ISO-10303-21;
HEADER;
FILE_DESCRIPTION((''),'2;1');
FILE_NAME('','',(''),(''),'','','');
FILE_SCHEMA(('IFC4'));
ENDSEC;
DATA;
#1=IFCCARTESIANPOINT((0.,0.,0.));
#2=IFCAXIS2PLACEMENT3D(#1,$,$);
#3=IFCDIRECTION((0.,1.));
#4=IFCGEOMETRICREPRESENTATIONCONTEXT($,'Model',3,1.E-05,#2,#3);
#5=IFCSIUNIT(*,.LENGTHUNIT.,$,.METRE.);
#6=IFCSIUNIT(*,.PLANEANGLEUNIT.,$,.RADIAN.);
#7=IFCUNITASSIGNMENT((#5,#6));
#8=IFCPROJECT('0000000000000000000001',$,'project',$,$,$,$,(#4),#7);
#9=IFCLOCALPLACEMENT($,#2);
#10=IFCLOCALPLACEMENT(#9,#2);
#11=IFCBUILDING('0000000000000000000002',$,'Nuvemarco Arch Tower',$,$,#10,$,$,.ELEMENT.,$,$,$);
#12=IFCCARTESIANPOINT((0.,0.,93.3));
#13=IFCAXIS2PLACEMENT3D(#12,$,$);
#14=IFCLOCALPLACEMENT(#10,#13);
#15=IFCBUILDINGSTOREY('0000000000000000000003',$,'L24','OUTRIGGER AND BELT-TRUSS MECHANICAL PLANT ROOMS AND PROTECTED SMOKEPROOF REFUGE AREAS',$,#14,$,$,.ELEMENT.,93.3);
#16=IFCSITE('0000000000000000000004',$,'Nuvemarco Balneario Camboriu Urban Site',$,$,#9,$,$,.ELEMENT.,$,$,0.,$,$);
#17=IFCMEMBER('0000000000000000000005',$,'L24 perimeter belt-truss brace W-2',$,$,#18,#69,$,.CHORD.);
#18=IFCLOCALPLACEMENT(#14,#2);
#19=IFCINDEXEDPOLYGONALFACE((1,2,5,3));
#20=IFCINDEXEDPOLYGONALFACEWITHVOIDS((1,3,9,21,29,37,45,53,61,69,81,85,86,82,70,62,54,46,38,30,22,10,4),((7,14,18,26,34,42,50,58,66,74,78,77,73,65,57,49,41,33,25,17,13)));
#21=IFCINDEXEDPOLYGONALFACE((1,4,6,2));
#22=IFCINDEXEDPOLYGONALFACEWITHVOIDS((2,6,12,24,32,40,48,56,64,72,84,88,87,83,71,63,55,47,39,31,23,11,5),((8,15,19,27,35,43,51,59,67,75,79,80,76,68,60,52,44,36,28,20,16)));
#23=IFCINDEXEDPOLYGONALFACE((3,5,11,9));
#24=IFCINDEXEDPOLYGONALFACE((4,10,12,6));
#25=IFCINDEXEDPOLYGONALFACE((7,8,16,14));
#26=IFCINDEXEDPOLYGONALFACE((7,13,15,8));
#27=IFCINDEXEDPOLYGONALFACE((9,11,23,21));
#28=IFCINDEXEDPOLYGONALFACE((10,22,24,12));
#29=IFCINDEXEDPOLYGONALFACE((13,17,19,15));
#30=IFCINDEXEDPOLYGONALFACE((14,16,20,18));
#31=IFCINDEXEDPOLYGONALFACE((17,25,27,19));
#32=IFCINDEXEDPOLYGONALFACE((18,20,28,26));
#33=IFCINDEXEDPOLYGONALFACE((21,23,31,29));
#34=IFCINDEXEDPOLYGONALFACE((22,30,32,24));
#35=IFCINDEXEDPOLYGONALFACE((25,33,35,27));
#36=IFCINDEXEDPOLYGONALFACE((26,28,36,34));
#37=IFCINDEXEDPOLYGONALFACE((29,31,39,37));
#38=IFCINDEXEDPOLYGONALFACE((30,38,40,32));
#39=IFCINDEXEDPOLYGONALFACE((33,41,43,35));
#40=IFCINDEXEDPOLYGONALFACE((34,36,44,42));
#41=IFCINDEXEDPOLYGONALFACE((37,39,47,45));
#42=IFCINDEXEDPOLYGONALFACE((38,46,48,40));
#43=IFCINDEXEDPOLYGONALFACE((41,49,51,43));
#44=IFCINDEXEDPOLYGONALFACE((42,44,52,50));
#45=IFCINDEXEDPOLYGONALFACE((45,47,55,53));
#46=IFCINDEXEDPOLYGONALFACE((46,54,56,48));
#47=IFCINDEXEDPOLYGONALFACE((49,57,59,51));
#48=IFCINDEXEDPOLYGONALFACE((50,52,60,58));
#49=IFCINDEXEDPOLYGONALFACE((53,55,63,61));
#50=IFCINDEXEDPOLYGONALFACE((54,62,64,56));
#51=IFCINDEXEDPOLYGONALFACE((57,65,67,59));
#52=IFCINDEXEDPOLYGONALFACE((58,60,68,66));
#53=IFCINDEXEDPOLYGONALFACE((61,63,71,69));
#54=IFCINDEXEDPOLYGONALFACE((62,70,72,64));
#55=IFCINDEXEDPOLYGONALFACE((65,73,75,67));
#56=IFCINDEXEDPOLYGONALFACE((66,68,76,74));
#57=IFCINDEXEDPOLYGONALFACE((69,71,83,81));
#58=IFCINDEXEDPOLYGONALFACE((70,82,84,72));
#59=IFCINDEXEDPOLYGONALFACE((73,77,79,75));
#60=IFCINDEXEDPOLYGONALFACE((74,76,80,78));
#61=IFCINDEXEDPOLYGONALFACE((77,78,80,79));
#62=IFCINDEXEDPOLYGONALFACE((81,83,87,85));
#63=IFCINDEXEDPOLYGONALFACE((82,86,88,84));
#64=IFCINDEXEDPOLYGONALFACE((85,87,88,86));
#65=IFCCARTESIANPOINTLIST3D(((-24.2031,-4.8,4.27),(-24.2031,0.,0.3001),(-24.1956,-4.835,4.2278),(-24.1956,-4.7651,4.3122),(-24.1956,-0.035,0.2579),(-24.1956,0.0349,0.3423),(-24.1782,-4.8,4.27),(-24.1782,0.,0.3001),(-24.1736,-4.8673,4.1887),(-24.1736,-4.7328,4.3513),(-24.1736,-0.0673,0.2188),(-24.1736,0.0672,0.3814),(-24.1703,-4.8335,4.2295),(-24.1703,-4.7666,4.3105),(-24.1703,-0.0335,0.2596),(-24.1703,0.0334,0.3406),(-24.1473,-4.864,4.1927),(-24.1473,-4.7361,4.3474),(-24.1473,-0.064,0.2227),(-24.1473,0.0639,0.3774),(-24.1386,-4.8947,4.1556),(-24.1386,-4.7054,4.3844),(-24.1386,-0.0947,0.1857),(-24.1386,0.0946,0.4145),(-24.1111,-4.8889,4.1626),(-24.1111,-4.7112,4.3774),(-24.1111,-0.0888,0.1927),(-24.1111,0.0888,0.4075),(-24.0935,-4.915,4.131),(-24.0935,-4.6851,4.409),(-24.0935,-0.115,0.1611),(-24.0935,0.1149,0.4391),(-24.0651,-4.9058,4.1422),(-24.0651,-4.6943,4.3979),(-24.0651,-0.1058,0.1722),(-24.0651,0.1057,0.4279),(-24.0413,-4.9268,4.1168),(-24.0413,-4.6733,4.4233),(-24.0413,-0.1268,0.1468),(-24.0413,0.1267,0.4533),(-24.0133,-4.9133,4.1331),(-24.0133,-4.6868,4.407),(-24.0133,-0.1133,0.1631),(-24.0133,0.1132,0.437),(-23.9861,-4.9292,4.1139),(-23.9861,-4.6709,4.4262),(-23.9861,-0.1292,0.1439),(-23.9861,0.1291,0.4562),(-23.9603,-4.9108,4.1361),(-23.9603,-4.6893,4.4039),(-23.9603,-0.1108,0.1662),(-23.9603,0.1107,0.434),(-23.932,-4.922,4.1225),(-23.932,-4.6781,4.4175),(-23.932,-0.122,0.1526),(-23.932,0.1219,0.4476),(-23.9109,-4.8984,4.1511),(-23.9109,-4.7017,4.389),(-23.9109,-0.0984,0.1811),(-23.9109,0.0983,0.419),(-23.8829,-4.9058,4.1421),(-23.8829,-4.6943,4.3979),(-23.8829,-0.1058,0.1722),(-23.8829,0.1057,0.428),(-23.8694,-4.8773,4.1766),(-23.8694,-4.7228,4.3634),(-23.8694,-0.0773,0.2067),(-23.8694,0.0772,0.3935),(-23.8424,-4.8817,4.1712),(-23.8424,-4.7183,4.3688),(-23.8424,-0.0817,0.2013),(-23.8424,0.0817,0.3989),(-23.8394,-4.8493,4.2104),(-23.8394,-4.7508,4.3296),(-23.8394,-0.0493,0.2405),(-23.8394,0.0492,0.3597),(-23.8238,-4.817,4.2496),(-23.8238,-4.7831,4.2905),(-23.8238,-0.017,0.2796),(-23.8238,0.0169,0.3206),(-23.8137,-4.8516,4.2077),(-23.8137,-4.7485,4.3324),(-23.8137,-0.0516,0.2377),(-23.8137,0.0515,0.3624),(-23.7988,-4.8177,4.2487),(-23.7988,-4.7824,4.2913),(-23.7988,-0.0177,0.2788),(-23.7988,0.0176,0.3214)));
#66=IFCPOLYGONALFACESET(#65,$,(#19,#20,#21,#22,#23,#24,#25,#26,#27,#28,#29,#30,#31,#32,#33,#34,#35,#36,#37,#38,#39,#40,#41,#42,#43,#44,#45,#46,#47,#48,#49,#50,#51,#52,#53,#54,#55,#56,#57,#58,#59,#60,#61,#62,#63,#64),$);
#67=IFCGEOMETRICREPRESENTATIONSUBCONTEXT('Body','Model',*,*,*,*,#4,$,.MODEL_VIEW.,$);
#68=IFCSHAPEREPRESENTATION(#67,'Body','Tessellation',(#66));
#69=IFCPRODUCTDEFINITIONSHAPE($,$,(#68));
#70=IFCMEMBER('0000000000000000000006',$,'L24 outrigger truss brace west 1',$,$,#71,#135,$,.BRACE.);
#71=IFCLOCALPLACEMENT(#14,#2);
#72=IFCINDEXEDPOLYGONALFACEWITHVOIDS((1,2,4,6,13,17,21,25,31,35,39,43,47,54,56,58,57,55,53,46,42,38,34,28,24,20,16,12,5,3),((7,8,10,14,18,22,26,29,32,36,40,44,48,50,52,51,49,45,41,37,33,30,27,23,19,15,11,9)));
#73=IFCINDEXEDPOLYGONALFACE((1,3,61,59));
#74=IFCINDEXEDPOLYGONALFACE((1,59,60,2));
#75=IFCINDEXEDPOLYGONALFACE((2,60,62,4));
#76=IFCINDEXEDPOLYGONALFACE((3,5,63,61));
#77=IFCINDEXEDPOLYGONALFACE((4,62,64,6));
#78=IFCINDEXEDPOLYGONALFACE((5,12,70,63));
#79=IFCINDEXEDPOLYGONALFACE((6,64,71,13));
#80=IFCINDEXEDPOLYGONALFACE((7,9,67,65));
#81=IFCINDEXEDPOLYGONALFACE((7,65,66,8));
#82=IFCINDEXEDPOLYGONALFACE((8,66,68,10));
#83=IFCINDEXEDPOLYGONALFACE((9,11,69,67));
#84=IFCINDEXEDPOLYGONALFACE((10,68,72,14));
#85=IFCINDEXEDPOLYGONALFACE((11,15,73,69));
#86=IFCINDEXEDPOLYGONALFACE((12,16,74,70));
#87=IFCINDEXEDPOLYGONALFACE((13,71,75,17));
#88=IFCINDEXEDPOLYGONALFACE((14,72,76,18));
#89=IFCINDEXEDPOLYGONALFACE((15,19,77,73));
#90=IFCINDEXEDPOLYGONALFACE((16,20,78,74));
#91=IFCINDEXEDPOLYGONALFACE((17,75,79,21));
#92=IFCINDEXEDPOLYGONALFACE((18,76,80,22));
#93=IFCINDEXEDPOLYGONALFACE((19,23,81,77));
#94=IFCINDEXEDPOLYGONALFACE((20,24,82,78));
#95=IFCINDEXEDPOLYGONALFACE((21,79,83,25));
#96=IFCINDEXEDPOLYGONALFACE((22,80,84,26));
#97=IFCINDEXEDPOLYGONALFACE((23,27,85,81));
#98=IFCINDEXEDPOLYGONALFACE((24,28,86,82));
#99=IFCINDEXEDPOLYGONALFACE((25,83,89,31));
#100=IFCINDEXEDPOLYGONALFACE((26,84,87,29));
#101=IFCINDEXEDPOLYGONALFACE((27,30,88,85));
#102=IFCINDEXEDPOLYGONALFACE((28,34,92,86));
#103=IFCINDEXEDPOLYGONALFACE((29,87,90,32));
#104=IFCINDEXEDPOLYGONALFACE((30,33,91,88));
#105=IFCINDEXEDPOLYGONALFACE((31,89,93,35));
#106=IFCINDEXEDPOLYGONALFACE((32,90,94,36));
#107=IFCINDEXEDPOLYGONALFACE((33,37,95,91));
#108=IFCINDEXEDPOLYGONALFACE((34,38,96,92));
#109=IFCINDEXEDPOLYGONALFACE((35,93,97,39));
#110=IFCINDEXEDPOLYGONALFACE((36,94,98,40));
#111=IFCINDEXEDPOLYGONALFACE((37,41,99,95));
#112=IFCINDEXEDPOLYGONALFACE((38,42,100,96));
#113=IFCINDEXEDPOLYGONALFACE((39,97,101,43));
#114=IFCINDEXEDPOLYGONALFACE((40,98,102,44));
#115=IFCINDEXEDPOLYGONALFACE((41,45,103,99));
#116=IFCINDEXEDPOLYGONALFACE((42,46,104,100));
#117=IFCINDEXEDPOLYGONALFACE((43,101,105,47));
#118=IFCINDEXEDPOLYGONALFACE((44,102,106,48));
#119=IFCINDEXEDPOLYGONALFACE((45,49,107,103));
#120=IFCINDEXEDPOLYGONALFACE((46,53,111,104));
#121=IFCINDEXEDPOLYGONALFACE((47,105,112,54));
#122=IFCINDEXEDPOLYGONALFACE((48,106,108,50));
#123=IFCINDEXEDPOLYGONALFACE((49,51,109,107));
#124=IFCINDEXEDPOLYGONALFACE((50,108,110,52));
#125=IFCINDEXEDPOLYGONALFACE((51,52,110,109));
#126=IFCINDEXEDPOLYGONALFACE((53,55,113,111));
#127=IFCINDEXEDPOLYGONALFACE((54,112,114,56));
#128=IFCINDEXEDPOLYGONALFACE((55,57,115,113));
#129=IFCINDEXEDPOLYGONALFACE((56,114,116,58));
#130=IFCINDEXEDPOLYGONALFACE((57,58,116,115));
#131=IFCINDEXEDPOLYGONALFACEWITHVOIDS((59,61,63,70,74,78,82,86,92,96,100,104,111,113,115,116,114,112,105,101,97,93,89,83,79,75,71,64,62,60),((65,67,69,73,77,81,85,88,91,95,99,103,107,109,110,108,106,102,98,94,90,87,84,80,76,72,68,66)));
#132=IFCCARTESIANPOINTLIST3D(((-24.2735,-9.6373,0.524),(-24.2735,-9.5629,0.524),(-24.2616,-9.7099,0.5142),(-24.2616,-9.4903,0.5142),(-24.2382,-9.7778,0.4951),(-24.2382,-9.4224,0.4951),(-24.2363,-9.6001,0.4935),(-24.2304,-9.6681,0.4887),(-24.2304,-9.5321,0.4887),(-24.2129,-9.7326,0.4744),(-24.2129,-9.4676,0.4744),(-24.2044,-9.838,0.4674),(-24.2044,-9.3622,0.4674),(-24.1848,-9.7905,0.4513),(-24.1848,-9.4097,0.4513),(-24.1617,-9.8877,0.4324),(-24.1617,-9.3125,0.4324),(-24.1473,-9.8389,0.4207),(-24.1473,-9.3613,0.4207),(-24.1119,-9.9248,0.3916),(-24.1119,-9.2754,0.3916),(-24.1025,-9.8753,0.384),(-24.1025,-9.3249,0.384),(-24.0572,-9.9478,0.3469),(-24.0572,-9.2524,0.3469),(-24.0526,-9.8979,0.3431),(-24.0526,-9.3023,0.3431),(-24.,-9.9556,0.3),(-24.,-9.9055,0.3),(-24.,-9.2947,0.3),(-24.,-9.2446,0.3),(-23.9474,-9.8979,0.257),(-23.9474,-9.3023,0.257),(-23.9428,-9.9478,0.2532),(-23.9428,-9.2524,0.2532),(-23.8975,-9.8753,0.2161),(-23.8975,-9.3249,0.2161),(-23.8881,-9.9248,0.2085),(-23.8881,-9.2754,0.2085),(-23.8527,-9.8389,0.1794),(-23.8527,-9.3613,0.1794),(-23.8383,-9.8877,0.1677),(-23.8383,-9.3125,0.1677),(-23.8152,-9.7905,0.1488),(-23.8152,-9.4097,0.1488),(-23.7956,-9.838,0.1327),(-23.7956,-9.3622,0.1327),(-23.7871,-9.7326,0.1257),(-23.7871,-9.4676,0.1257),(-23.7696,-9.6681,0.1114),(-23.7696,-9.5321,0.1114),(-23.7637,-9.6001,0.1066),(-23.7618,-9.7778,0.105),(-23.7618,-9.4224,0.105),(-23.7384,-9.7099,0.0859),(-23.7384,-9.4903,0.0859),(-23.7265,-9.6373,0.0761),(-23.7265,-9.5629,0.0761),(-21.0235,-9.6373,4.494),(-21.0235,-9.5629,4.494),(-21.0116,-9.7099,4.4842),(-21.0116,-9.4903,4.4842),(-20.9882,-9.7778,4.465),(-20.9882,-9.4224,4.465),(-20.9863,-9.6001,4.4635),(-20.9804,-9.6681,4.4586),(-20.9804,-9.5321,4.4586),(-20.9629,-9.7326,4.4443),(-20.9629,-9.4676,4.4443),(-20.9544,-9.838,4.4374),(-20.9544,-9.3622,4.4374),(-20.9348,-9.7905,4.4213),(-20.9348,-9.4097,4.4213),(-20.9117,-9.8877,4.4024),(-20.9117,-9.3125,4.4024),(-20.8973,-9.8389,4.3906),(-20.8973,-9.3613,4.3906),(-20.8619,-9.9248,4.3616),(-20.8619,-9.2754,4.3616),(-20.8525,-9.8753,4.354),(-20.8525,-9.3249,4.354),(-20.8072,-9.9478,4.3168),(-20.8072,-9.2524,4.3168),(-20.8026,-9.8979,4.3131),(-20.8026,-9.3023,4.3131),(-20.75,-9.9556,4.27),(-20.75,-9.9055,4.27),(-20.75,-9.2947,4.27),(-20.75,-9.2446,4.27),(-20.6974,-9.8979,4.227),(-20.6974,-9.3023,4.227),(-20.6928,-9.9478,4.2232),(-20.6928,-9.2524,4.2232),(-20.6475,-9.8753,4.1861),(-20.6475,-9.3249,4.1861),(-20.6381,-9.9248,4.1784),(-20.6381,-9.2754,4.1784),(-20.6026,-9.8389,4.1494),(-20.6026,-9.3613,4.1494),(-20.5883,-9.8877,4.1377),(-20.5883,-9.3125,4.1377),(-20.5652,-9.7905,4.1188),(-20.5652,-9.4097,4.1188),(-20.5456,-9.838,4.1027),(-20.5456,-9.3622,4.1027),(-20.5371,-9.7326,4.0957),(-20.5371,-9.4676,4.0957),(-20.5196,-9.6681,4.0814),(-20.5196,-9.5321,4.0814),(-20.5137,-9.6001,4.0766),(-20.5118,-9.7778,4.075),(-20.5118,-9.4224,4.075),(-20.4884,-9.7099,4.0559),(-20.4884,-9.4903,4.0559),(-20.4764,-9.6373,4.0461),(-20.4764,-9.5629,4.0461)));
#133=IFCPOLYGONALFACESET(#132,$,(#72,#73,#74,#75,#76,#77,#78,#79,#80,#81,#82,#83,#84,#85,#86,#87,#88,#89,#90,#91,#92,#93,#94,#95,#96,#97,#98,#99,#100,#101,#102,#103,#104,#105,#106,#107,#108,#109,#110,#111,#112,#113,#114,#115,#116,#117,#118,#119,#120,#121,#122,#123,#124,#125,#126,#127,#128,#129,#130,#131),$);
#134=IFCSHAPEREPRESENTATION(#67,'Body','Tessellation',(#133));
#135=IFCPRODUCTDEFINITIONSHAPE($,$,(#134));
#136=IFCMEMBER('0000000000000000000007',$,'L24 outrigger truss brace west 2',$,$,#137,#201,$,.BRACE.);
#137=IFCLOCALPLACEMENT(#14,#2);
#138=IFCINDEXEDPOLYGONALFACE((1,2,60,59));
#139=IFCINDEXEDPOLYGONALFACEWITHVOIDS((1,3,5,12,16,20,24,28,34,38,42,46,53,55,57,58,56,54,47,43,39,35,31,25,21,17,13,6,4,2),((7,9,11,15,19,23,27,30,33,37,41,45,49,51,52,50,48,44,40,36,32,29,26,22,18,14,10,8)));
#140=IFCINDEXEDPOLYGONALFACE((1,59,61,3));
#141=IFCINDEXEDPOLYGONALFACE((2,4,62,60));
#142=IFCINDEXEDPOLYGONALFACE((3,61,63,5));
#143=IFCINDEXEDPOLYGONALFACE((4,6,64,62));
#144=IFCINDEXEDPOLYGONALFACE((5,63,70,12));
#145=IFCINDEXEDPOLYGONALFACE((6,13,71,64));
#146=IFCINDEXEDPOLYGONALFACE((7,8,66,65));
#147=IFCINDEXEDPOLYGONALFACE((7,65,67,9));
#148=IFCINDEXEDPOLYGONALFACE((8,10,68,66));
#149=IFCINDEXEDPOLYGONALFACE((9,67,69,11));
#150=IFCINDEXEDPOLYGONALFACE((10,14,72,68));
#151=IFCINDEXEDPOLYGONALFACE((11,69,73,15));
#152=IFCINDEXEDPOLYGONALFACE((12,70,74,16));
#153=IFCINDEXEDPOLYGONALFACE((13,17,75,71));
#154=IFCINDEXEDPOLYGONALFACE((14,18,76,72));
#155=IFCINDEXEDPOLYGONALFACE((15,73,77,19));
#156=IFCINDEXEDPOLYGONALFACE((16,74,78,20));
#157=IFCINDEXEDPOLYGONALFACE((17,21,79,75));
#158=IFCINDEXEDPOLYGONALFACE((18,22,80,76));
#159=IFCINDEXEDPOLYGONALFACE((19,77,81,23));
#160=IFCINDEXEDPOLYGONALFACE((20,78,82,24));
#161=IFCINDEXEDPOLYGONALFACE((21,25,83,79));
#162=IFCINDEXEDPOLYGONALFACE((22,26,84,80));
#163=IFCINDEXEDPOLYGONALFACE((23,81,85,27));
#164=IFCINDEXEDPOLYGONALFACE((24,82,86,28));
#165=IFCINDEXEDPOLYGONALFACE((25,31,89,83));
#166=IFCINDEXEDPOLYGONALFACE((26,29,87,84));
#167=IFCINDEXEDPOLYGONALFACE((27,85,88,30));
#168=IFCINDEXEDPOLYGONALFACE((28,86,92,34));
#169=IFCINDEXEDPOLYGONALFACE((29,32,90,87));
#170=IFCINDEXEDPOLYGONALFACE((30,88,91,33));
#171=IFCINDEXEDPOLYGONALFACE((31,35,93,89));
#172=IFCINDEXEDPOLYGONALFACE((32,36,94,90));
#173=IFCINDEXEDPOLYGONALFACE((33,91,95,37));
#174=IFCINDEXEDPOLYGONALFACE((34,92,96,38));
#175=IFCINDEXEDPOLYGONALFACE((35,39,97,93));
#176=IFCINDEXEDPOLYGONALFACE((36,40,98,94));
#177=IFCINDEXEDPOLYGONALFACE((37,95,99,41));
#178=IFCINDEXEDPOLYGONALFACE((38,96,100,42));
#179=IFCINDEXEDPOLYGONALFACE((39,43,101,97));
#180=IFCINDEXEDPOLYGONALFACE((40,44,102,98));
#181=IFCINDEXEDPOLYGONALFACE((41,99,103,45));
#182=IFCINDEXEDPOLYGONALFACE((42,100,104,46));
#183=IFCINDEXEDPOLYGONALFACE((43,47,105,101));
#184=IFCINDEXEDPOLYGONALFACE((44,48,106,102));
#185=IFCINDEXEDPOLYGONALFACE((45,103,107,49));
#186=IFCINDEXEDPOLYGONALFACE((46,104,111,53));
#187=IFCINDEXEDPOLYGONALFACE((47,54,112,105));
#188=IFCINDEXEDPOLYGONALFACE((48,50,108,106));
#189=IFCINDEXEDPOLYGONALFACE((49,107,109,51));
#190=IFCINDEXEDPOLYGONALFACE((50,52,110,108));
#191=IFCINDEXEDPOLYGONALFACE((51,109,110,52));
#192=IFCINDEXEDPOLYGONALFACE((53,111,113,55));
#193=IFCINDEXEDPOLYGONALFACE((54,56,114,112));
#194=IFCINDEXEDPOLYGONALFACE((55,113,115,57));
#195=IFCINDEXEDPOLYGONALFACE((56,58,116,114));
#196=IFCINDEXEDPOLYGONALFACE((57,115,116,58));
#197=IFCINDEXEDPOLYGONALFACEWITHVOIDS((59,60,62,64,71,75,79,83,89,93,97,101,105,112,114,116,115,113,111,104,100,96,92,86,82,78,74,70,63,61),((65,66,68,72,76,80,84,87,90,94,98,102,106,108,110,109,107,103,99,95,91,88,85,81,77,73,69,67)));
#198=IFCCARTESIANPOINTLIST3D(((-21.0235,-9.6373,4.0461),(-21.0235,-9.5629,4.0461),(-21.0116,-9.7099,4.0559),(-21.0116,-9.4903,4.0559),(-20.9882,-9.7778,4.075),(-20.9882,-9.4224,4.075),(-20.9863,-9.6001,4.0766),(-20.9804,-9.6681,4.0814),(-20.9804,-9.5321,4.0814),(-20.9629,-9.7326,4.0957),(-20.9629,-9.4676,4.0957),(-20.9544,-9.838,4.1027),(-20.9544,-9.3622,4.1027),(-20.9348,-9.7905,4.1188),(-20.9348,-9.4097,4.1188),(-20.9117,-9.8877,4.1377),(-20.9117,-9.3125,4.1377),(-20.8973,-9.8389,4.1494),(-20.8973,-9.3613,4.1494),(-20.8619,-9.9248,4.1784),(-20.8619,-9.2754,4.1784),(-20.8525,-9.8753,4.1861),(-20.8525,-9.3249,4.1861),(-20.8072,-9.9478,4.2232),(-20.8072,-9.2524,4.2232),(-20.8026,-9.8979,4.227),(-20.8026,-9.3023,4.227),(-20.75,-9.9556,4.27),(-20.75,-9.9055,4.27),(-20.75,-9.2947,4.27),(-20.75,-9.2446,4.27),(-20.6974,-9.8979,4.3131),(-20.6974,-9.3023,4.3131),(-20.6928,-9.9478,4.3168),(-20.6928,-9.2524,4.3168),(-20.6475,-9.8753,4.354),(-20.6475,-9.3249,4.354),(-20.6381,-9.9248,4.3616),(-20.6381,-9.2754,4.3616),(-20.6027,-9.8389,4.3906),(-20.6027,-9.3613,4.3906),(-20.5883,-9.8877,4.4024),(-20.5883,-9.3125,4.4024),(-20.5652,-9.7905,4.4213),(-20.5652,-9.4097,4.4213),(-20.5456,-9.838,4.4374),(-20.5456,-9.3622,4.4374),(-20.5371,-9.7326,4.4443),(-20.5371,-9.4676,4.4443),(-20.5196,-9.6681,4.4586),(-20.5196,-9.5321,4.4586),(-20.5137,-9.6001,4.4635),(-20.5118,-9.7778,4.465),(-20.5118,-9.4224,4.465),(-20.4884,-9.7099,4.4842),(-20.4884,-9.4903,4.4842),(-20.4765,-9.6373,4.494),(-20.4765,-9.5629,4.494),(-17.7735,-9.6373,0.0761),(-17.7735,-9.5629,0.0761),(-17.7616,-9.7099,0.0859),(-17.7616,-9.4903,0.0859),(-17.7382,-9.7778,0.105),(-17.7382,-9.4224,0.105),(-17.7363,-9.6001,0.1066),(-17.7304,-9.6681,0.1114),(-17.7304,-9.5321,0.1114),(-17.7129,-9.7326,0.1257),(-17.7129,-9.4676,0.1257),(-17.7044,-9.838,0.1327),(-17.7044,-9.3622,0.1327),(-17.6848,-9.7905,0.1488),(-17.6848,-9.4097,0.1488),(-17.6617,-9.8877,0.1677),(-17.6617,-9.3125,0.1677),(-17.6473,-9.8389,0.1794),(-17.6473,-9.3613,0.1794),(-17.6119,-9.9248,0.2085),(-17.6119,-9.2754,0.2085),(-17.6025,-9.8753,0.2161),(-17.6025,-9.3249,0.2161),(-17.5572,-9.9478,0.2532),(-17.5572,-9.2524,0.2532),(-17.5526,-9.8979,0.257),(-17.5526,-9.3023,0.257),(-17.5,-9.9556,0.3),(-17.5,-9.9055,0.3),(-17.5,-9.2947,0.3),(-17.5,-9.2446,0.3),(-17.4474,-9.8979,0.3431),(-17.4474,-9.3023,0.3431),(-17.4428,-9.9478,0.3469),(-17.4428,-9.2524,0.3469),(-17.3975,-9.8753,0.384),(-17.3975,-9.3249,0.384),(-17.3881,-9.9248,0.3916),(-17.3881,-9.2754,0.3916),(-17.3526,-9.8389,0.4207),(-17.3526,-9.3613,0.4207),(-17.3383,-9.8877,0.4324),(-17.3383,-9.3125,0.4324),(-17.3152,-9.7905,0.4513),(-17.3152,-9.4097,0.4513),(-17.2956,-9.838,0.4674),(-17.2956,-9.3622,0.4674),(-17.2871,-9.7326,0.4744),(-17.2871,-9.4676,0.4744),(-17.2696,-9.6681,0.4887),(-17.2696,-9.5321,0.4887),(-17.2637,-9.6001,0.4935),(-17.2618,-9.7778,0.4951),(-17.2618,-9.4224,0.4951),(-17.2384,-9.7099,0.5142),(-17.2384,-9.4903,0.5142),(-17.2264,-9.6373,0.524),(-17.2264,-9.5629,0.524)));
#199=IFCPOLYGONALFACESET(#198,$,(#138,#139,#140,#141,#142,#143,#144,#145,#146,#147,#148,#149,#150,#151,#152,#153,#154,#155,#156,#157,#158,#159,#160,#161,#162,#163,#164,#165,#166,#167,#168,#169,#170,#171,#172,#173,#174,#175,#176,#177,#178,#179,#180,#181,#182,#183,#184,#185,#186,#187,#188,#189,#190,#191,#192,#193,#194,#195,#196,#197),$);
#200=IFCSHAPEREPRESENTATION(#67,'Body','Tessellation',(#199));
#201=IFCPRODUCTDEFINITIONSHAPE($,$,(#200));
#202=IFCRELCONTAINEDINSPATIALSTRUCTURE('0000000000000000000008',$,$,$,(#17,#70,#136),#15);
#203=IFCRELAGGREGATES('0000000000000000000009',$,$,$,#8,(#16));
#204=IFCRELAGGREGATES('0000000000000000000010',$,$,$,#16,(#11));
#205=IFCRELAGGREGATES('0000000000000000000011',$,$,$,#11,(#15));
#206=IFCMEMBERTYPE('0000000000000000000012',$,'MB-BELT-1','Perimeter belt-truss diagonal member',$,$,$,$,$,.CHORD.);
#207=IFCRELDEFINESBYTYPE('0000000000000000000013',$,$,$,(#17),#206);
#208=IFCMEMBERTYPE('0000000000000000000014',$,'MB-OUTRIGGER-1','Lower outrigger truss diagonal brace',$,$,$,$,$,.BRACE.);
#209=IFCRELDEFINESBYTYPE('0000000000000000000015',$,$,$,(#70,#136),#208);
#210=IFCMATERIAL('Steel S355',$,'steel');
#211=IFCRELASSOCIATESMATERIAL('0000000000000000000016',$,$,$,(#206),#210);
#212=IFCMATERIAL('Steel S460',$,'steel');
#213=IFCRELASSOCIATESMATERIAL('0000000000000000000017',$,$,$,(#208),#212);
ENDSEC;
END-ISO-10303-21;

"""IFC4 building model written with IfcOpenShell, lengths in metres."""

from ifc_helpers import new_model, si_unit, direction, frame, origin, origin_2d, place, context, subcontext, project, spatial, hollow_circle, extrude, material, material_profile, profile_set, type_object, element, save


model = new_model("IFC4")

# Units and contexts
model_context = context("Model", 3, precision=1e-05, world=origin(), true_north=direction((0.0, 1.0)))
body_context = subcontext(model_context, "Body", "Model", "MODEL_VIEW")
ifc_project = project(units=[si_unit("LENGTHUNIT", "METRE"), si_unit("PLANEANGLEUNIT", "RADIAN")], contexts=[model_context])

# Site, building, storey
site_placement = place(None, origin())
site = spatial("IfcSite", under=ifc_project, at=site_placement, Name="Nuvemarco Balneario Camboriu Urban Site", CompositionType="ELEMENT", RefElevation=0.0)
building_placement = place(site_placement, origin())
building = spatial("IfcBuilding", under=site, at=building_placement, Name="Nuvemarco Arch Tower", CompositionType="ELEMENT")
storey_placement = place(building_placement, frame((0.0, 0.0, 93.3)))
storey = spatial("IfcBuildingStorey", under=building, at=storey_placement, Name="L24", Description="OUTRIGGER AND BELT-TRUSS MECHANICAL PLANT ROOMS AND PROTECTED SMOKEPROOF REFUGE AREAS", CompositionType="ELEMENT", Elevation=93.3)

# Shared definitions
ifc_material_1 = material(Name="Steel S460", Category="steel")

# Shared definitions
ifc_material_2 = material(Name="Steel S355", Category="steel")

# Members
ifc_material_profile_1 = material_profile(ifc_material_2, hollow_circle(Radius=0.2031, WallThickness=0.0249, at=origin_2d()), Name="CHS406.4x25")
ifc_profile_set_1 = profile_set([ifc_material_profile_1], Name="Steel S355")
member_type_1 = type_object("IfcMemberType", Name="MB-BELT-1", Description="Perimeter belt-truss diagonal member", PredefinedType="CHORD", material=ifc_profile_set_1)
for number, where, z_axis, x_axis, name in (
    (1, (-24.0, -4.8, 4.27), (0.0, 0.77059, -0.637331), (-1.0, 0.0, 0.0), "L24 perimeter belt-truss brace W-2"),
):
    element("IfcMember", number, at=place(storey_placement, frame(where, z_axis=z_axis, x_axis=x_axis)), inside=storey, type_object=member_type_1, Name=name, PredefinedType="CHORD", context=body_context, shape_type="SweptSolid", body=[
        extrude(hollow_circle(Radius=0.2031, WallThickness=0.0249, at=origin_2d()), origin(), (0.0, 0.0, 1.0), 6.229),
    ])
ifc_material_profile_2 = material_profile(ifc_material_1, hollow_circle(Radius=0.3555, WallThickness=0.05, at=origin_2d()), Name="CHS711x50")
ifc_profile_set_2 = profile_set([ifc_material_profile_2], Name="Steel S460")
member_type_2 = type_object("IfcMemberType", Name="MB-OUTRIGGER-1", Description="Lower outrigger truss diagonal brace", PredefinedType="BRACE", material=ifc_profile_set_2)
for number, where, z_axis, x_axis, name in (
    (2, (-24.0, -9.6001, 0.3), (0.633453, 0.0, 0.773781), (0.0, 1.0, 0.0), "L24 outrigger truss brace west 1"),
    (3, (-20.75, -9.6001, 4.27), (0.633453, 0.0, -0.773781), (0.0, 1.0, 0.0), "L24 outrigger truss brace west 2"),
):
    element("IfcMember", number, at=place(storey_placement, frame(where, z_axis=z_axis, x_axis=x_axis)), inside=storey, type_object=member_type_2, Name=name, PredefinedType="BRACE", context=body_context, shape_type="SweptSolid", body=[
        extrude(hollow_circle(Radius=0.3555, WallThickness=0.05, at=origin_2d()), origin(), (0.0, 0.0, 1.0), 5.1306),
    ])

save(model, "model.ifc")
